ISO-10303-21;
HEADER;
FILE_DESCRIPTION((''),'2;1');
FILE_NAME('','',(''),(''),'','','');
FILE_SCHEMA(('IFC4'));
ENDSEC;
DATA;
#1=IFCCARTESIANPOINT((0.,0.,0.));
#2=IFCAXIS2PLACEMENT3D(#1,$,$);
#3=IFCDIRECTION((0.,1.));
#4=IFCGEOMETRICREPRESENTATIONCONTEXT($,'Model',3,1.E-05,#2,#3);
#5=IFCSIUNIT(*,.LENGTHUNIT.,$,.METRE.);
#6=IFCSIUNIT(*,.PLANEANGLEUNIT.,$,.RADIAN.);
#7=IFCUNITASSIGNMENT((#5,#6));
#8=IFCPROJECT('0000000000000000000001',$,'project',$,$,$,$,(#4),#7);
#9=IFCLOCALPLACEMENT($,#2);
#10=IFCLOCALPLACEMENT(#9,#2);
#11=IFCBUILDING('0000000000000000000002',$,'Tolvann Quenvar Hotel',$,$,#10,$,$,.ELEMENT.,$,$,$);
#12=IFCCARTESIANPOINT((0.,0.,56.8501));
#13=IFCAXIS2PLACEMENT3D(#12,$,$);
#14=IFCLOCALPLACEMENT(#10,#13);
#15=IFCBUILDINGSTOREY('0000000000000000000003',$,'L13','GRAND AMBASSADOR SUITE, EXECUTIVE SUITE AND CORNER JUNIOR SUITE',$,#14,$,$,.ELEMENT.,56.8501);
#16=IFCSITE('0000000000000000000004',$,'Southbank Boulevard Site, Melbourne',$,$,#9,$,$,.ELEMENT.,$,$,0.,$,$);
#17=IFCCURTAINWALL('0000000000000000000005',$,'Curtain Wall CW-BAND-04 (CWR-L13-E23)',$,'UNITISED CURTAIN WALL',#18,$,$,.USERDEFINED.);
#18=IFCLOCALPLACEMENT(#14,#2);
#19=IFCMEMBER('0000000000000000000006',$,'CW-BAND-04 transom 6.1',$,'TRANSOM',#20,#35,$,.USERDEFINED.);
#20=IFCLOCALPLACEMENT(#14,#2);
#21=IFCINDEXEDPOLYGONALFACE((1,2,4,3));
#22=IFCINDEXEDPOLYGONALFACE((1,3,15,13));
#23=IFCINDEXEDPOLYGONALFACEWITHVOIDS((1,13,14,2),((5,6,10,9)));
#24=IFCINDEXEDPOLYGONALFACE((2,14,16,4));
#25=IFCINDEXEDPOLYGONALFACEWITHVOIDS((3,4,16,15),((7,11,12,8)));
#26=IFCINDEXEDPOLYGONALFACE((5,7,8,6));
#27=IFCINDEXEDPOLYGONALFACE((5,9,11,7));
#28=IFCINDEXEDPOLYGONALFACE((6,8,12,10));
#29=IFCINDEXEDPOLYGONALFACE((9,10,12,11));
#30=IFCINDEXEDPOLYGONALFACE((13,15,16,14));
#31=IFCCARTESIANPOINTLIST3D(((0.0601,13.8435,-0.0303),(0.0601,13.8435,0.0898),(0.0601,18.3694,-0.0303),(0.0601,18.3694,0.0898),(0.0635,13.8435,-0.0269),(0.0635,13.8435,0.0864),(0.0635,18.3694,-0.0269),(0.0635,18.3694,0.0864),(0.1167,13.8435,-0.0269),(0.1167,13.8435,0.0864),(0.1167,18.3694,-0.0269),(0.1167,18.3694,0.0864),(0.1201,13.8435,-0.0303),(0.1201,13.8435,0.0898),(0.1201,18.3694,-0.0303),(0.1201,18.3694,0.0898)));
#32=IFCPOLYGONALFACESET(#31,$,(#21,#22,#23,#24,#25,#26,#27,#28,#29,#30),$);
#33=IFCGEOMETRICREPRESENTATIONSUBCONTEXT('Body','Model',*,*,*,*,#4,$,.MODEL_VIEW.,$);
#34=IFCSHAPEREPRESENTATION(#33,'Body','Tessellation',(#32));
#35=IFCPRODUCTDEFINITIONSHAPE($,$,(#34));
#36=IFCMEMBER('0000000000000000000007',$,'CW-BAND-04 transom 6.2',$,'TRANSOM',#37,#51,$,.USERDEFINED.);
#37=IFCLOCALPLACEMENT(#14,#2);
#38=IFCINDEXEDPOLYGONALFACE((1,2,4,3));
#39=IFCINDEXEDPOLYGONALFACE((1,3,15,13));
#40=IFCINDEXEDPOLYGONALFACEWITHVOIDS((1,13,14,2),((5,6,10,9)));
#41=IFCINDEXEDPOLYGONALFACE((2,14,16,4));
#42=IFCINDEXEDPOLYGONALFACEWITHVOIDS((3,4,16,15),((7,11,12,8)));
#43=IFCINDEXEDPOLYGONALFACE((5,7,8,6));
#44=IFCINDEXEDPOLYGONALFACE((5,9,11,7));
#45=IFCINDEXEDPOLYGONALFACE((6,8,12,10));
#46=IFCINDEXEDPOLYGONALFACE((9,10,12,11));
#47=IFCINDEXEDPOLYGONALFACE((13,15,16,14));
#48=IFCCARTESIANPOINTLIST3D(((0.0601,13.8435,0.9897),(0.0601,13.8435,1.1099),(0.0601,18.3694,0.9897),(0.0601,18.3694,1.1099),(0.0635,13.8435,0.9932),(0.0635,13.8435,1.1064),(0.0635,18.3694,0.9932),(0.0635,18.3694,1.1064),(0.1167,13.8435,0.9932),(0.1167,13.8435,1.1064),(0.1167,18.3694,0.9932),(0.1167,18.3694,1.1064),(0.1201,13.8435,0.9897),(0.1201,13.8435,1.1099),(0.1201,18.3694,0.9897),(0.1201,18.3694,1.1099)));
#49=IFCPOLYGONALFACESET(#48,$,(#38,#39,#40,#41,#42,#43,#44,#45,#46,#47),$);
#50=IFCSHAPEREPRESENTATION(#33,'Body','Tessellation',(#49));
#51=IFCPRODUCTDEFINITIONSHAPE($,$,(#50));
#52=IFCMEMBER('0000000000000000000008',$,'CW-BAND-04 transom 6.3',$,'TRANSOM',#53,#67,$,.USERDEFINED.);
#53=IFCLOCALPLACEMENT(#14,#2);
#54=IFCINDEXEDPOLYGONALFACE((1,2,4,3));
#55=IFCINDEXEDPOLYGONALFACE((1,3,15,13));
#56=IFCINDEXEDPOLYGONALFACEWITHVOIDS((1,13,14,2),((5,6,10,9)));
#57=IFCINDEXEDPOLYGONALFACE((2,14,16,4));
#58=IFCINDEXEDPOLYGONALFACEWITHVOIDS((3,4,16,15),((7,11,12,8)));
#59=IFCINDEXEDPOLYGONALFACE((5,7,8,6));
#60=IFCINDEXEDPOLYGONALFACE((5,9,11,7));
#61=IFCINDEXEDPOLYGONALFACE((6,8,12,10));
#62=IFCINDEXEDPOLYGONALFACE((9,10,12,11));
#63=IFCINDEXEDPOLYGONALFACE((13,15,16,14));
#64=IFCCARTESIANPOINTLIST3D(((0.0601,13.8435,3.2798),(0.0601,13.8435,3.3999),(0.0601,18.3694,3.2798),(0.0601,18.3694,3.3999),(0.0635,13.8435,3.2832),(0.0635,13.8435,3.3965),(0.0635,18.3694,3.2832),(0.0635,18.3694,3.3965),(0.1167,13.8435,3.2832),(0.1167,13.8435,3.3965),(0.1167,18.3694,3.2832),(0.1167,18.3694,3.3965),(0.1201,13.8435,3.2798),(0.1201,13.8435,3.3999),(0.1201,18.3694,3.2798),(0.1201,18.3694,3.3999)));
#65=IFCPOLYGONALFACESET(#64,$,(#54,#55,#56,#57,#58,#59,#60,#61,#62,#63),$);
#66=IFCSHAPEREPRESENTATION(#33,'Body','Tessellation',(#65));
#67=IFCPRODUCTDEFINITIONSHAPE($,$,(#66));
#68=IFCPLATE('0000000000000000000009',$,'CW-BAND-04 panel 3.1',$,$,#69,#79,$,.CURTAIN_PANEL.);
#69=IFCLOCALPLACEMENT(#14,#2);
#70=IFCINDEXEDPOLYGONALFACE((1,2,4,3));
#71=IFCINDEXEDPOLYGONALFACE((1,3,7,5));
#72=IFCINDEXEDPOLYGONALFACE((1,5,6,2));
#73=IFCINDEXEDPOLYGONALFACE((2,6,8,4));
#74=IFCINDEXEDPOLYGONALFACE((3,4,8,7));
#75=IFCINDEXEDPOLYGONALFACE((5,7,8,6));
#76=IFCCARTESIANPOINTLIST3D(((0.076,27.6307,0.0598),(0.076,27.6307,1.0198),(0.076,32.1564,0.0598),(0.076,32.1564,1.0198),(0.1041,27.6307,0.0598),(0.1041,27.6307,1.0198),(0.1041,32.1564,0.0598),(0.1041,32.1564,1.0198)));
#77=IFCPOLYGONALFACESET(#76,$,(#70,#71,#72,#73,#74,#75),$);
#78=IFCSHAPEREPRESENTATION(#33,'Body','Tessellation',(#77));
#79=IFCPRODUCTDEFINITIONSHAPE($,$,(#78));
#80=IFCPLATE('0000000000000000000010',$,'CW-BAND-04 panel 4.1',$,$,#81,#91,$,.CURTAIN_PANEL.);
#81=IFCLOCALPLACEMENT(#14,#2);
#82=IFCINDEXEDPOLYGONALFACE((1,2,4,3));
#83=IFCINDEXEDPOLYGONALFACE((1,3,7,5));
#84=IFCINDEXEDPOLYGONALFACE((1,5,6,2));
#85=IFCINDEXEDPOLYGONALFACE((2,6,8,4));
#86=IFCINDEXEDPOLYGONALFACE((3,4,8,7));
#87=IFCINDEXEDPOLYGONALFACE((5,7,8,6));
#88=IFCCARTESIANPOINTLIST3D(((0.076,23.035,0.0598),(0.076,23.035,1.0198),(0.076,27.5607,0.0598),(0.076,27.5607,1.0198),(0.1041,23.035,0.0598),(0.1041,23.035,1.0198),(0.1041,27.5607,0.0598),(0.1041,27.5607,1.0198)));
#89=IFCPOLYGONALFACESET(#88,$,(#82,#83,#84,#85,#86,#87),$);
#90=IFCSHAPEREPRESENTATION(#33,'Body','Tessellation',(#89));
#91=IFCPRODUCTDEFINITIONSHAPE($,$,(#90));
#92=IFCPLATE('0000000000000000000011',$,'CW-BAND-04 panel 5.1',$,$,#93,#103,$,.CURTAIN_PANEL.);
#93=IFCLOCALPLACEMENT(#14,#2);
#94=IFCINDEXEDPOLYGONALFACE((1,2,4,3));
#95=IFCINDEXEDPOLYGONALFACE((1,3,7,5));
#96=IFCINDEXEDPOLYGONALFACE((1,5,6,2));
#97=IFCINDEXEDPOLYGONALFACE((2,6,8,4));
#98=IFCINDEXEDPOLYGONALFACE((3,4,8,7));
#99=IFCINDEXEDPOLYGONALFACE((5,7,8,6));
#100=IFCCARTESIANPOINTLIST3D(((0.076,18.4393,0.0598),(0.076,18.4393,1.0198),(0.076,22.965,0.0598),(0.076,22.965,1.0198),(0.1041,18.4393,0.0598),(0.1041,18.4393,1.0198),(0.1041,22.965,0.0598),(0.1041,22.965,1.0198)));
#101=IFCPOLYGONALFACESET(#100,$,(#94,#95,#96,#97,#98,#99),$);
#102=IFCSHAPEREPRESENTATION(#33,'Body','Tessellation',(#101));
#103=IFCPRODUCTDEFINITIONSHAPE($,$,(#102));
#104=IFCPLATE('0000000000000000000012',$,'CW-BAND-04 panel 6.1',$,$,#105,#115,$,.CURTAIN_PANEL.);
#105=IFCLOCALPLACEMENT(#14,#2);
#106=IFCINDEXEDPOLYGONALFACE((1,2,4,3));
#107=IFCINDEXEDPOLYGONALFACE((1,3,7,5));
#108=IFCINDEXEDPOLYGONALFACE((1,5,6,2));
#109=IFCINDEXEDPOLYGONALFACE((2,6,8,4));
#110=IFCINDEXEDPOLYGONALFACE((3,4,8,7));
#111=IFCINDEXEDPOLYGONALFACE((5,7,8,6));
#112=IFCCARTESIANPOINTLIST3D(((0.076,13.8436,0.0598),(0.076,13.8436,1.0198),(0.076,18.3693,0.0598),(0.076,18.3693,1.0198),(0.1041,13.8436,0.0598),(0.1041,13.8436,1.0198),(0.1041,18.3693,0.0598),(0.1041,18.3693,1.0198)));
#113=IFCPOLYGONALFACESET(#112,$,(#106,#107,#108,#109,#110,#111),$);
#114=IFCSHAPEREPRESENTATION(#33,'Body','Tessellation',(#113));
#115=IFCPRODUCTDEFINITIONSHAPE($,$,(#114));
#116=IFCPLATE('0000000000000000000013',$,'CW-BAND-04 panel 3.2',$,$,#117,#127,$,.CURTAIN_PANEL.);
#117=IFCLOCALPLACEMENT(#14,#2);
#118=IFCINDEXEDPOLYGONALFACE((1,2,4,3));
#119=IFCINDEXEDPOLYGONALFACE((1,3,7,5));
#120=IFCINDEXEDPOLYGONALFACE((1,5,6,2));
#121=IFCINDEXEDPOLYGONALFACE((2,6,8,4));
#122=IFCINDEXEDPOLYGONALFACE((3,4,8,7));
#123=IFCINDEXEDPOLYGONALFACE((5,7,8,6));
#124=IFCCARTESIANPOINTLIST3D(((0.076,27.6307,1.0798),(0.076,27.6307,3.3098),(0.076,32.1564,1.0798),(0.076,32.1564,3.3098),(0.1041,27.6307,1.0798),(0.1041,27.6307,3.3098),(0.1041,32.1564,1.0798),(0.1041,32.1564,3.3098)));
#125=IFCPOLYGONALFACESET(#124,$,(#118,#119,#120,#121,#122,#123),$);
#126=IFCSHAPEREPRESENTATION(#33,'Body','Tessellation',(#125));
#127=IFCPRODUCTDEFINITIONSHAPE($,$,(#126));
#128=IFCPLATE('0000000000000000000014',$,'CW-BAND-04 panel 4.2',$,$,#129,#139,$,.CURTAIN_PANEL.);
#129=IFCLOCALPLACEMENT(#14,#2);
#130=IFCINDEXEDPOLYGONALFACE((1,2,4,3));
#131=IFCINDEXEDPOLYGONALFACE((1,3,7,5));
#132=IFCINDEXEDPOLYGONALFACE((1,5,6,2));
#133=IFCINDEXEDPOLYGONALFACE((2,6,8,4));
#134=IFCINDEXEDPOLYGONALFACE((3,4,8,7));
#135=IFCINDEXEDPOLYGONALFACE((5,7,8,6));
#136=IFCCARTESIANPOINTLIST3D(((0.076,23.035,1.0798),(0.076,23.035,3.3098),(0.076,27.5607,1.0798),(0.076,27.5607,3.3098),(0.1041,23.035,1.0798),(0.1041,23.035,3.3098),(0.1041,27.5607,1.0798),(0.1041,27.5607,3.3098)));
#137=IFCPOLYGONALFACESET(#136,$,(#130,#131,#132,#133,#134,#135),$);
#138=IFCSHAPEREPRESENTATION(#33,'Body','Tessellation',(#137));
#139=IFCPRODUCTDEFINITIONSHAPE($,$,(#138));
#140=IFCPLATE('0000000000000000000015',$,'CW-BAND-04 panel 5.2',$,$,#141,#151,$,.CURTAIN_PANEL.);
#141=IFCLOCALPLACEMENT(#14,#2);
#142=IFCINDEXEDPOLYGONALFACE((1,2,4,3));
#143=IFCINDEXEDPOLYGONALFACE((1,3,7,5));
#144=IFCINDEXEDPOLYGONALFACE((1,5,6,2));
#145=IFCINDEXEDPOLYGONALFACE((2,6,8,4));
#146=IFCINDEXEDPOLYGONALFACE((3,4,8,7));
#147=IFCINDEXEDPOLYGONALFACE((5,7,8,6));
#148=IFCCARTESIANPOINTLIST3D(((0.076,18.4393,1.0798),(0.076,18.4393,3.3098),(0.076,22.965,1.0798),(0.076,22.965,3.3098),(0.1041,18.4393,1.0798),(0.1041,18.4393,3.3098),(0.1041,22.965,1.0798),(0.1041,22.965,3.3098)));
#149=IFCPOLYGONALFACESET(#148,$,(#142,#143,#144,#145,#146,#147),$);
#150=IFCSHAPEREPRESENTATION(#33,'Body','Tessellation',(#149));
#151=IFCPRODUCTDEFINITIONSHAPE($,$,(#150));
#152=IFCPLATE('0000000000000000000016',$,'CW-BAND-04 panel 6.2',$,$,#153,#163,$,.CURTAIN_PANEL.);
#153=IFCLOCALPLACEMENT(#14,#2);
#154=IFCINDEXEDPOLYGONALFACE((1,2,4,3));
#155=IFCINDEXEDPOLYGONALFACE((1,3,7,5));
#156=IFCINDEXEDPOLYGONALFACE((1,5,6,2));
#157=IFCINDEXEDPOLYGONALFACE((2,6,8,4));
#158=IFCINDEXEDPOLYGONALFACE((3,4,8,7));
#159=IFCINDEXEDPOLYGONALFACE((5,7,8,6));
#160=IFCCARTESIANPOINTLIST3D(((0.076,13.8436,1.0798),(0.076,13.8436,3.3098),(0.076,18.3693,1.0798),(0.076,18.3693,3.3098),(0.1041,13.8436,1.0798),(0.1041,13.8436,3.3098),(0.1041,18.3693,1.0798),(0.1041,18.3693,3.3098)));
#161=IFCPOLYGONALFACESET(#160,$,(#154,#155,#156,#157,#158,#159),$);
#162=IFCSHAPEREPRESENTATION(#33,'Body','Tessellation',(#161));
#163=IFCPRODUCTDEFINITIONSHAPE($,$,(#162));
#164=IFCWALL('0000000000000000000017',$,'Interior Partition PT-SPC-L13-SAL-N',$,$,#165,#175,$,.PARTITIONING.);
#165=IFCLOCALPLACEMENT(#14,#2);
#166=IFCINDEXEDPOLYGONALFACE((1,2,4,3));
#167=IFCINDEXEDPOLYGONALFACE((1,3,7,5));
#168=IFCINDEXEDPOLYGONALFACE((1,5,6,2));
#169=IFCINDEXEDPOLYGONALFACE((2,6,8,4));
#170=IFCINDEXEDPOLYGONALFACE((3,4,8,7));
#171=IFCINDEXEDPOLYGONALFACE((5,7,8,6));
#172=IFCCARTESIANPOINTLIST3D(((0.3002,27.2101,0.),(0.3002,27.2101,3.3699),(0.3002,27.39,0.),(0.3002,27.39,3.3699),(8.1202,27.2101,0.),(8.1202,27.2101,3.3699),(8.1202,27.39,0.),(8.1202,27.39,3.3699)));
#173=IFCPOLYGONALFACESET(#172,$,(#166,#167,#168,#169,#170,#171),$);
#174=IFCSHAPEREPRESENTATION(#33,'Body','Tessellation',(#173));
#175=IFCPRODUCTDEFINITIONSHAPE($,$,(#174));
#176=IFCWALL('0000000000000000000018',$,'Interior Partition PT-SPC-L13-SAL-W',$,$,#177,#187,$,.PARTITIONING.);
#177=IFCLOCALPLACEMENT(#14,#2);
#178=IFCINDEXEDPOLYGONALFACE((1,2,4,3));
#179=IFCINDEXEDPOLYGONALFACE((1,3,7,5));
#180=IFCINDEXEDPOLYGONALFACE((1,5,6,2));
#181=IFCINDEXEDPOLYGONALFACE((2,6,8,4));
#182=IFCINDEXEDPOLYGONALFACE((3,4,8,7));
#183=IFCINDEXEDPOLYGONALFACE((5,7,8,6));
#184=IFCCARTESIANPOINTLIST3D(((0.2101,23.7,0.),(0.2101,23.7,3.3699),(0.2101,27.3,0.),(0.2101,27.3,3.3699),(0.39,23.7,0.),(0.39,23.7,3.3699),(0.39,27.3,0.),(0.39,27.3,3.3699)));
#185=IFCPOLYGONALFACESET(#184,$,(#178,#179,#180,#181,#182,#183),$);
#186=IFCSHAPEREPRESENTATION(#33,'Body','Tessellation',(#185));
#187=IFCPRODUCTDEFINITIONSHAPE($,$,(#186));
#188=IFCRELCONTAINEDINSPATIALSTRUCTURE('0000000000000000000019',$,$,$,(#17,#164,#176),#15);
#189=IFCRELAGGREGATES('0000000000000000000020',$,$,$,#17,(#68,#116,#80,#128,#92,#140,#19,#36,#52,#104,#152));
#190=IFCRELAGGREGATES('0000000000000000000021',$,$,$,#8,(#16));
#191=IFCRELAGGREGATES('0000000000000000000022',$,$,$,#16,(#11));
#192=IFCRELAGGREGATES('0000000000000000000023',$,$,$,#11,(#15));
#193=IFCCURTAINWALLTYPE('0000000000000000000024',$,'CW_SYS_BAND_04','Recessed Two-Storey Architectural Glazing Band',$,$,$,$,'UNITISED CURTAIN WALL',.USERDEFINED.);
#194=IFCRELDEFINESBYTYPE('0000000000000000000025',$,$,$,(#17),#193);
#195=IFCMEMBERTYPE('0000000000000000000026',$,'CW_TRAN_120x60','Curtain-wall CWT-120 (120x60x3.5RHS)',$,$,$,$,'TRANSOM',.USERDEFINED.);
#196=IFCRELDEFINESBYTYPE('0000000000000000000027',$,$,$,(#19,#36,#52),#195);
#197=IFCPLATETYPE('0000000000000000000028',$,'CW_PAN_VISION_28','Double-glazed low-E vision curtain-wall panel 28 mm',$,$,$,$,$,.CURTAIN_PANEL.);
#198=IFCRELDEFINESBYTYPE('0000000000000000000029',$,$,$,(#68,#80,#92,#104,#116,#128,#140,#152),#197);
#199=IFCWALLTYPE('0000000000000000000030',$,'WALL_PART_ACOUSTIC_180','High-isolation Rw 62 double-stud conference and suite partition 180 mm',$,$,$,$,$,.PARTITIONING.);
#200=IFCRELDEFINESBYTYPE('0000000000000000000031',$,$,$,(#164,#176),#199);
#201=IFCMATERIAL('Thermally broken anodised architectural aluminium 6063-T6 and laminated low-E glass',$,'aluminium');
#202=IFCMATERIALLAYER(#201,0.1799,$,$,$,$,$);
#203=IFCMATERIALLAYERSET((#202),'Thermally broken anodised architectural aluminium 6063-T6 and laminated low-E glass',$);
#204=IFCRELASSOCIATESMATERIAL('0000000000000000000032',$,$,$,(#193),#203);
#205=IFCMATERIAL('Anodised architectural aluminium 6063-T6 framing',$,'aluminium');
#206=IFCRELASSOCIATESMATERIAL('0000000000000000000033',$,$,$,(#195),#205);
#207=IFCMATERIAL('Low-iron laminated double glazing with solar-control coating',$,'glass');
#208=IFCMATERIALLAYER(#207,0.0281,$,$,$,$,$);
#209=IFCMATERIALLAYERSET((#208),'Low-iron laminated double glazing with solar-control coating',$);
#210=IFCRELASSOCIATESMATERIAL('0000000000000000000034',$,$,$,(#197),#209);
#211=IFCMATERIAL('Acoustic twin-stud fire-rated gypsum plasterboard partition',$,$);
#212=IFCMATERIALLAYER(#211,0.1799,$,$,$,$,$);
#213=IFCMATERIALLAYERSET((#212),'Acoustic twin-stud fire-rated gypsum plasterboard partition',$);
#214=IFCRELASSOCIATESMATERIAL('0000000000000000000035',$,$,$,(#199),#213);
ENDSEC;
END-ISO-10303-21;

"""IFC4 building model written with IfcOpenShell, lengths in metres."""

from ifc_helpers import new_model, si_unit, direction, frame, frame_2d, origin, origin_2d, place, context, subcontext, project, spatial, rectangle, hollow_rectangle, extrude, source, transform, mapped, material, layer, layer_set, material_profile, profile_set, type_object, type_shapes, element, aggregate, save


model = new_model("IFC4")

# Units and contexts
model_context = context("Model", 3, precision=1e-05, world=origin(), true_north=direction((0.0, 1.0)))
body_context = subcontext(model_context, "Body", "Model", "MODEL_VIEW")
ifc_project = project(units=[si_unit("LENGTHUNIT", "METRE"), si_unit("PLANEANGLEUNIT", "RADIAN")], contexts=[model_context])

# Site, building, storey
site_placement = place(None, origin())
site = spatial("IfcSite", under=ifc_project, at=site_placement, Name="Southbank Boulevard Site, Melbourne", CompositionType="ELEMENT", RefElevation=0.0)
building_placement = place(site_placement, origin())
building = spatial("IfcBuilding", under=site, at=building_placement, Name="Tolvann Quenvar Hotel", CompositionType="ELEMENT")
storey_placement = place(building_placement, frame((0.0, 0.0, 56.8501)))
storey = spatial("IfcBuildingStorey", under=building, at=storey_placement, Name="L13", Description="GRAND AMBASSADOR SUITE, EXECUTIVE SUITE AND CORNER JUNIOR SUITE", CompositionType="ELEMENT", Elevation=56.8501)

# Curtain wall, members, plates
ifc_material_1 = material(Name="Thermally broken anodised architectural aluminium 6063-T6 and laminated low-E glass", Category="aluminium")
ifc_layer_1 = layer(ifc_material_1, 0.1799)
ifc_layer_set_1 = layer_set([ifc_layer_1], Name="Thermally broken anodised architectural aluminium 6063-T6 and laminated low-E glass")
curtain_wall_type = type_object("IfcCurtainWallType", Name="CW_SYS_BAND_04", Description="Recessed Two-Storey Architectural Glazing Band", ElementType="UNITISED CURTAIN WALL", PredefinedType="USERDEFINED", material=ifc_layer_set_1)
curtain_wall_placement = place(storey_placement, origin())
curtain_wall = element("IfcCurtainWall", 1, at=curtain_wall_placement, inside=storey, type_object=curtain_wall_type, Name="Curtain Wall CW-BAND-04 (CWR-L13-E23)", ObjectType="UNITISED CURTAIN WALL", PredefinedType="USERDEFINED")
ifc_material_2 = material(Name="Anodised architectural aluminium 6063-T6 framing", Category="aluminium")
ifc_material_profile_1 = material_profile(ifc_material_2, hollow_rectangle(XDim=0.0601, YDim=0.1201, WallThickness=0.0034, at=origin_2d()), Name="120x60x3.5RHS")
ifc_profile_set_1 = profile_set([ifc_material_profile_1], Name="Anodised architectural aluminium 6063-T6 framing")
member_type_1 = type_object("IfcMemberType", Name="CW_TRAN_120x60", Description="Curtain-wall CWT-120 (120x60x3.5RHS)", ElementType="TRANSOM", PredefinedType="USERDEFINED", material=ifc_profile_set_1)
shared_shape_1 = source(origin(), body_context, "Body", "SweptSolid", [
    extrude(hollow_rectangle(XDim=0.0601, YDim=0.1201, WallThickness=0.0034, at=origin_2d()), origin(), (0.0, 0.0, 1.0), 4.5259),
])
type_shapes(member_type_1, [shared_shape_1])
member_1_placement = place(storey_placement, frame((0.0901, 18.3694, 0.0298), z_axis=(0.0, -1.0, 0.0), x_axis=(1.0, 0.0, 0.0)))
member_1 = element("IfcMember", 2, at=member_1_placement, type_object=member_type_1, Name="CW-BAND-04 transom 6.1", ObjectType="TRANSOM", PredefinedType="USERDEFINED", context=body_context, shape_type="MappedRepresentation", body=[
    mapped(shared_shape_1, transform((0.0, 0.0, 0.0), x_axis=(1.0, 0.0, 0.0), y_axis=(0.0, 1.0, 0.0), z_axis=(0.0, 0.0, 1.0), scale=1.0)),
])
member_2_placement = place(storey_placement, frame((0.0901, 18.3694, 1.0498), z_axis=(0.0, -1.0, 0.0), x_axis=(1.0, 0.0, 0.0)))
member_2 = element("IfcMember", 3, at=member_2_placement, type_object=member_type_1, Name="CW-BAND-04 transom 6.2", ObjectType="TRANSOM", PredefinedType="USERDEFINED", context=body_context, shape_type="MappedRepresentation", body=[
    mapped(shared_shape_1, transform((0.0, 0.0, 0.0), x_axis=(1.0, 0.0, 0.0), y_axis=(0.0, 1.0, 0.0), z_axis=(0.0, 0.0, 1.0), scale=1.0)),
])
member_3_placement = place(storey_placement, frame((0.0901, 18.3694, 3.3398), z_axis=(0.0, -1.0, 0.0), x_axis=(1.0, 0.0, 0.0)))
member_3 = element("IfcMember", 4, at=member_3_placement, type_object=member_type_1, Name="CW-BAND-04 transom 6.3", ObjectType="TRANSOM", PredefinedType="USERDEFINED", context=body_context, shape_type="MappedRepresentation", body=[
    mapped(shared_shape_1, transform((0.0, 0.0, 0.0), x_axis=(1.0, 0.0, 0.0), y_axis=(0.0, 1.0, 0.0), z_axis=(0.0, 0.0, 1.0), scale=1.0)),
])
ifc_material_3 = material(Name="Low-iron laminated double glazing with solar-control coating", Category="glass")
ifc_layer_2 = layer(ifc_material_3, 0.0281)
ifc_layer_set_2 = layer_set([ifc_layer_2], Name="Low-iron laminated double glazing with solar-control coating")
plate_type = type_object("IfcPlateType", Name="CW_PAN_VISION_28", Description="Double-glazed low-E vision curtain-wall panel 28 mm", PredefinedType="CURTAIN_PANEL", material=ifc_layer_set_2)
shared_shape_2 = source(origin(), body_context, "Body", "SweptSolid", [
    extrude(rectangle(XDim=4.5256, YDim=0.0281, at=origin_2d()), origin(), (0.0, 0.0, 1.0), 0.96),
])
plate_1_placement = place(storey_placement, frame((0.0901, 29.8936, 0.0598), z_axis=(0.0, 0.0, 1.0), x_axis=(0.0, -1.0, 0.0)))
plate_1 = element("IfcPlate", 5, at=plate_1_placement, type_object=plate_type, Name="CW-BAND-04 panel 3.1", PredefinedType="CURTAIN_PANEL", context=body_context, shape_type="MappedRepresentation", body=[
    mapped(shared_shape_2, transform((0.0, 0.0, 0.0), x_axis=(1.0, 0.0, 0.0), y_axis=(0.0, 1.0, 0.0), z_axis=(0.0, 0.0, 1.0), scale=1.0)),
])
plate_2_placement = place(storey_placement, frame((0.0901, 25.2979, 0.0598), z_axis=(0.0, 0.0, 1.0), x_axis=(0.0, -1.0, 0.0)))
plate_2 = element("IfcPlate", 6, at=plate_2_placement, type_object=plate_type, Name="CW-BAND-04 panel 4.1", PredefinedType="CURTAIN_PANEL", context=body_context, shape_type="MappedRepresentation", body=[
    mapped(shared_shape_2, transform((0.0, 0.0, 0.0), x_axis=(1.0, 0.0, 0.0), y_axis=(0.0, 1.0, 0.0), z_axis=(0.0, 0.0, 1.0), scale=1.0)),
])
plate_3_placement = place(storey_placement, frame((0.0901, 20.7021, 0.0598), z_axis=(0.0, 0.0, 1.0), x_axis=(0.0, -1.0, 0.0)))
plate_3 = element("IfcPlate", 7, at=plate_3_placement, type_object=plate_type, Name="CW-BAND-04 panel 5.1", PredefinedType="CURTAIN_PANEL", context=body_context, shape_type="MappedRepresentation", body=[
    mapped(shared_shape_2, transform((0.0, 0.0, 0.0), x_axis=(1.0, 0.0, 0.0), y_axis=(0.0, 1.0, 0.0), z_axis=(0.0, 0.0, 1.0), scale=1.0)),
])
plate_4_placement = place(storey_placement, frame((0.0901, 16.1064, 0.0598), z_axis=(0.0, 0.0, 1.0), x_axis=(0.0, -1.0, 0.0)))
plate_4 = element("IfcPlate", 8, at=plate_4_placement, type_object=plate_type, Name="CW-BAND-04 panel 6.1", PredefinedType="CURTAIN_PANEL", context=body_context, shape_type="MappedRepresentation", body=[
    mapped(shared_shape_2, transform((0.0, 0.0, 0.0), x_axis=(1.0, 0.0, 0.0), y_axis=(0.0, 1.0, 0.0), z_axis=(0.0, 0.0, 1.0), scale=1.0)),
])
shared_shape_3 = source(origin(), body_context, "Body", "SweptSolid", [
    extrude(rectangle(XDim=4.5256, YDim=0.0281, at=origin_2d()), origin(), (0.0, 0.0, 1.0), 2.23),
])
type_shapes(plate_type, [shared_shape_2, shared_shape_3])
plate_5_placement = place(storey_placement, frame((0.0901, 29.8936, 1.0798), z_axis=(0.0, 0.0, 1.0), x_axis=(0.0, -1.0, 0.0)))
plate_5 = element("IfcPlate", 9, at=plate_5_placement, type_object=plate_type, Name="CW-BAND-04 panel 3.2", PredefinedType="CURTAIN_PANEL", context=body_context, shape_type="MappedRepresentation", body=[
    mapped(shared_shape_3, transform((0.0, 0.0, 0.0), x_axis=(1.0, 0.0, 0.0), y_axis=(0.0, 1.0, 0.0), z_axis=(0.0, 0.0, 1.0), scale=1.0)),
])
plate_6_placement = place(storey_placement, frame((0.0901, 25.2979, 1.0798), z_axis=(0.0, 0.0, 1.0), x_axis=(0.0, -1.0, 0.0)))
plate_6 = element("IfcPlate", 10, at=plate_6_placement, type_object=plate_type, Name="CW-BAND-04 panel 4.2", PredefinedType="CURTAIN_PANEL", context=body_context, shape_type="MappedRepresentation", body=[
    mapped(shared_shape_3, transform((0.0, 0.0, 0.0), x_axis=(1.0, 0.0, 0.0), y_axis=(0.0, 1.0, 0.0), z_axis=(0.0, 0.0, 1.0), scale=1.0)),
])
plate_7_placement = place(storey_placement, frame((0.0901, 20.7021, 1.0798), z_axis=(0.0, 0.0, 1.0), x_axis=(0.0, -1.0, 0.0)))
plate_7 = element("IfcPlate", 11, at=plate_7_placement, type_object=plate_type, Name="CW-BAND-04 panel 5.2", PredefinedType="CURTAIN_PANEL", context=body_context, shape_type="MappedRepresentation", body=[
    mapped(shared_shape_3, transform((0.0, 0.0, 0.0), x_axis=(1.0, 0.0, 0.0), y_axis=(0.0, 1.0, 0.0), z_axis=(0.0, 0.0, 1.0), scale=1.0)),
])
plate_8_placement = place(storey_placement, frame((0.0901, 16.1064, 1.0798), z_axis=(0.0, 0.0, 1.0), x_axis=(0.0, -1.0, 0.0)))
plate_8 = element("IfcPlate", 12, at=plate_8_placement, type_object=plate_type, Name="CW-BAND-04 panel 6.2", PredefinedType="CURTAIN_PANEL", context=body_context, shape_type="MappedRepresentation", body=[
    mapped(shared_shape_3, transform((0.0, 0.0, 0.0), x_axis=(1.0, 0.0, 0.0), y_axis=(0.0, 1.0, 0.0), z_axis=(0.0, 0.0, 1.0), scale=1.0)),
])
aggregate(curtain_wall, [plate_1, plate_5, plate_2, plate_6, plate_3, plate_7, member_1, member_2, member_3, plate_4, plate_8])

# Shared definitions
ifc_material_4 = material(Name="Acoustic twin-stud fire-rated gypsum plasterboard partition")
ifc_layer_3 = layer(ifc_material_4, 0.1799)
ifc_layer_set_3 = layer_set([ifc_layer_3], Name="Acoustic twin-stud fire-rated gypsum plasterboard partition")
wall_type_1 = type_object("IfcWallType", Name="WALL_PART_ACOUSTIC_180", Description="High-isolation Rw 62 double-stud conference and suite partition 180 mm", PredefinedType="PARTITIONING", material=ifc_layer_set_3)

# Walls
wall_1_placement = place(storey_placement, frame((0.3, 27.3, 0.0), z_axis=(0.0, 0.0, 1.0), x_axis=(1.0, 0.0, 0.0)))
element("IfcWall", 13, at=wall_1_placement, inside=storey, type_object=wall_type_1, Name="Interior Partition PT-SPC-L13-SAL-N", PredefinedType="PARTITIONING", context=body_context, shape_type="SweptSolid", body=[
    extrude(rectangle(XDim=7.8201, YDim=0.1799, at=frame_2d((3.9102, 0.0))), origin(), (0.0, 0.0, 1.0), 3.3699),
])
wall_2_placement = place(storey_placement, frame((0.3, 23.7, 0.0), z_axis=(0.0, 0.0, 1.0), x_axis=(0.0, 1.0, 0.0)))
element("IfcWall", 14, at=wall_2_placement, inside=storey, type_object=wall_type_1, Name="Interior Partition PT-SPC-L13-SAL-W", PredefinedType="PARTITIONING", context=body_context, shape_type="SweptSolid", body=[
    extrude(rectangle(XDim=3.6001, YDim=0.1799, at=frame_2d((1.8, 0.0))), origin(), (0.0, 0.0, 1.0), 3.3699),
])

save(model, "model.ifc")
